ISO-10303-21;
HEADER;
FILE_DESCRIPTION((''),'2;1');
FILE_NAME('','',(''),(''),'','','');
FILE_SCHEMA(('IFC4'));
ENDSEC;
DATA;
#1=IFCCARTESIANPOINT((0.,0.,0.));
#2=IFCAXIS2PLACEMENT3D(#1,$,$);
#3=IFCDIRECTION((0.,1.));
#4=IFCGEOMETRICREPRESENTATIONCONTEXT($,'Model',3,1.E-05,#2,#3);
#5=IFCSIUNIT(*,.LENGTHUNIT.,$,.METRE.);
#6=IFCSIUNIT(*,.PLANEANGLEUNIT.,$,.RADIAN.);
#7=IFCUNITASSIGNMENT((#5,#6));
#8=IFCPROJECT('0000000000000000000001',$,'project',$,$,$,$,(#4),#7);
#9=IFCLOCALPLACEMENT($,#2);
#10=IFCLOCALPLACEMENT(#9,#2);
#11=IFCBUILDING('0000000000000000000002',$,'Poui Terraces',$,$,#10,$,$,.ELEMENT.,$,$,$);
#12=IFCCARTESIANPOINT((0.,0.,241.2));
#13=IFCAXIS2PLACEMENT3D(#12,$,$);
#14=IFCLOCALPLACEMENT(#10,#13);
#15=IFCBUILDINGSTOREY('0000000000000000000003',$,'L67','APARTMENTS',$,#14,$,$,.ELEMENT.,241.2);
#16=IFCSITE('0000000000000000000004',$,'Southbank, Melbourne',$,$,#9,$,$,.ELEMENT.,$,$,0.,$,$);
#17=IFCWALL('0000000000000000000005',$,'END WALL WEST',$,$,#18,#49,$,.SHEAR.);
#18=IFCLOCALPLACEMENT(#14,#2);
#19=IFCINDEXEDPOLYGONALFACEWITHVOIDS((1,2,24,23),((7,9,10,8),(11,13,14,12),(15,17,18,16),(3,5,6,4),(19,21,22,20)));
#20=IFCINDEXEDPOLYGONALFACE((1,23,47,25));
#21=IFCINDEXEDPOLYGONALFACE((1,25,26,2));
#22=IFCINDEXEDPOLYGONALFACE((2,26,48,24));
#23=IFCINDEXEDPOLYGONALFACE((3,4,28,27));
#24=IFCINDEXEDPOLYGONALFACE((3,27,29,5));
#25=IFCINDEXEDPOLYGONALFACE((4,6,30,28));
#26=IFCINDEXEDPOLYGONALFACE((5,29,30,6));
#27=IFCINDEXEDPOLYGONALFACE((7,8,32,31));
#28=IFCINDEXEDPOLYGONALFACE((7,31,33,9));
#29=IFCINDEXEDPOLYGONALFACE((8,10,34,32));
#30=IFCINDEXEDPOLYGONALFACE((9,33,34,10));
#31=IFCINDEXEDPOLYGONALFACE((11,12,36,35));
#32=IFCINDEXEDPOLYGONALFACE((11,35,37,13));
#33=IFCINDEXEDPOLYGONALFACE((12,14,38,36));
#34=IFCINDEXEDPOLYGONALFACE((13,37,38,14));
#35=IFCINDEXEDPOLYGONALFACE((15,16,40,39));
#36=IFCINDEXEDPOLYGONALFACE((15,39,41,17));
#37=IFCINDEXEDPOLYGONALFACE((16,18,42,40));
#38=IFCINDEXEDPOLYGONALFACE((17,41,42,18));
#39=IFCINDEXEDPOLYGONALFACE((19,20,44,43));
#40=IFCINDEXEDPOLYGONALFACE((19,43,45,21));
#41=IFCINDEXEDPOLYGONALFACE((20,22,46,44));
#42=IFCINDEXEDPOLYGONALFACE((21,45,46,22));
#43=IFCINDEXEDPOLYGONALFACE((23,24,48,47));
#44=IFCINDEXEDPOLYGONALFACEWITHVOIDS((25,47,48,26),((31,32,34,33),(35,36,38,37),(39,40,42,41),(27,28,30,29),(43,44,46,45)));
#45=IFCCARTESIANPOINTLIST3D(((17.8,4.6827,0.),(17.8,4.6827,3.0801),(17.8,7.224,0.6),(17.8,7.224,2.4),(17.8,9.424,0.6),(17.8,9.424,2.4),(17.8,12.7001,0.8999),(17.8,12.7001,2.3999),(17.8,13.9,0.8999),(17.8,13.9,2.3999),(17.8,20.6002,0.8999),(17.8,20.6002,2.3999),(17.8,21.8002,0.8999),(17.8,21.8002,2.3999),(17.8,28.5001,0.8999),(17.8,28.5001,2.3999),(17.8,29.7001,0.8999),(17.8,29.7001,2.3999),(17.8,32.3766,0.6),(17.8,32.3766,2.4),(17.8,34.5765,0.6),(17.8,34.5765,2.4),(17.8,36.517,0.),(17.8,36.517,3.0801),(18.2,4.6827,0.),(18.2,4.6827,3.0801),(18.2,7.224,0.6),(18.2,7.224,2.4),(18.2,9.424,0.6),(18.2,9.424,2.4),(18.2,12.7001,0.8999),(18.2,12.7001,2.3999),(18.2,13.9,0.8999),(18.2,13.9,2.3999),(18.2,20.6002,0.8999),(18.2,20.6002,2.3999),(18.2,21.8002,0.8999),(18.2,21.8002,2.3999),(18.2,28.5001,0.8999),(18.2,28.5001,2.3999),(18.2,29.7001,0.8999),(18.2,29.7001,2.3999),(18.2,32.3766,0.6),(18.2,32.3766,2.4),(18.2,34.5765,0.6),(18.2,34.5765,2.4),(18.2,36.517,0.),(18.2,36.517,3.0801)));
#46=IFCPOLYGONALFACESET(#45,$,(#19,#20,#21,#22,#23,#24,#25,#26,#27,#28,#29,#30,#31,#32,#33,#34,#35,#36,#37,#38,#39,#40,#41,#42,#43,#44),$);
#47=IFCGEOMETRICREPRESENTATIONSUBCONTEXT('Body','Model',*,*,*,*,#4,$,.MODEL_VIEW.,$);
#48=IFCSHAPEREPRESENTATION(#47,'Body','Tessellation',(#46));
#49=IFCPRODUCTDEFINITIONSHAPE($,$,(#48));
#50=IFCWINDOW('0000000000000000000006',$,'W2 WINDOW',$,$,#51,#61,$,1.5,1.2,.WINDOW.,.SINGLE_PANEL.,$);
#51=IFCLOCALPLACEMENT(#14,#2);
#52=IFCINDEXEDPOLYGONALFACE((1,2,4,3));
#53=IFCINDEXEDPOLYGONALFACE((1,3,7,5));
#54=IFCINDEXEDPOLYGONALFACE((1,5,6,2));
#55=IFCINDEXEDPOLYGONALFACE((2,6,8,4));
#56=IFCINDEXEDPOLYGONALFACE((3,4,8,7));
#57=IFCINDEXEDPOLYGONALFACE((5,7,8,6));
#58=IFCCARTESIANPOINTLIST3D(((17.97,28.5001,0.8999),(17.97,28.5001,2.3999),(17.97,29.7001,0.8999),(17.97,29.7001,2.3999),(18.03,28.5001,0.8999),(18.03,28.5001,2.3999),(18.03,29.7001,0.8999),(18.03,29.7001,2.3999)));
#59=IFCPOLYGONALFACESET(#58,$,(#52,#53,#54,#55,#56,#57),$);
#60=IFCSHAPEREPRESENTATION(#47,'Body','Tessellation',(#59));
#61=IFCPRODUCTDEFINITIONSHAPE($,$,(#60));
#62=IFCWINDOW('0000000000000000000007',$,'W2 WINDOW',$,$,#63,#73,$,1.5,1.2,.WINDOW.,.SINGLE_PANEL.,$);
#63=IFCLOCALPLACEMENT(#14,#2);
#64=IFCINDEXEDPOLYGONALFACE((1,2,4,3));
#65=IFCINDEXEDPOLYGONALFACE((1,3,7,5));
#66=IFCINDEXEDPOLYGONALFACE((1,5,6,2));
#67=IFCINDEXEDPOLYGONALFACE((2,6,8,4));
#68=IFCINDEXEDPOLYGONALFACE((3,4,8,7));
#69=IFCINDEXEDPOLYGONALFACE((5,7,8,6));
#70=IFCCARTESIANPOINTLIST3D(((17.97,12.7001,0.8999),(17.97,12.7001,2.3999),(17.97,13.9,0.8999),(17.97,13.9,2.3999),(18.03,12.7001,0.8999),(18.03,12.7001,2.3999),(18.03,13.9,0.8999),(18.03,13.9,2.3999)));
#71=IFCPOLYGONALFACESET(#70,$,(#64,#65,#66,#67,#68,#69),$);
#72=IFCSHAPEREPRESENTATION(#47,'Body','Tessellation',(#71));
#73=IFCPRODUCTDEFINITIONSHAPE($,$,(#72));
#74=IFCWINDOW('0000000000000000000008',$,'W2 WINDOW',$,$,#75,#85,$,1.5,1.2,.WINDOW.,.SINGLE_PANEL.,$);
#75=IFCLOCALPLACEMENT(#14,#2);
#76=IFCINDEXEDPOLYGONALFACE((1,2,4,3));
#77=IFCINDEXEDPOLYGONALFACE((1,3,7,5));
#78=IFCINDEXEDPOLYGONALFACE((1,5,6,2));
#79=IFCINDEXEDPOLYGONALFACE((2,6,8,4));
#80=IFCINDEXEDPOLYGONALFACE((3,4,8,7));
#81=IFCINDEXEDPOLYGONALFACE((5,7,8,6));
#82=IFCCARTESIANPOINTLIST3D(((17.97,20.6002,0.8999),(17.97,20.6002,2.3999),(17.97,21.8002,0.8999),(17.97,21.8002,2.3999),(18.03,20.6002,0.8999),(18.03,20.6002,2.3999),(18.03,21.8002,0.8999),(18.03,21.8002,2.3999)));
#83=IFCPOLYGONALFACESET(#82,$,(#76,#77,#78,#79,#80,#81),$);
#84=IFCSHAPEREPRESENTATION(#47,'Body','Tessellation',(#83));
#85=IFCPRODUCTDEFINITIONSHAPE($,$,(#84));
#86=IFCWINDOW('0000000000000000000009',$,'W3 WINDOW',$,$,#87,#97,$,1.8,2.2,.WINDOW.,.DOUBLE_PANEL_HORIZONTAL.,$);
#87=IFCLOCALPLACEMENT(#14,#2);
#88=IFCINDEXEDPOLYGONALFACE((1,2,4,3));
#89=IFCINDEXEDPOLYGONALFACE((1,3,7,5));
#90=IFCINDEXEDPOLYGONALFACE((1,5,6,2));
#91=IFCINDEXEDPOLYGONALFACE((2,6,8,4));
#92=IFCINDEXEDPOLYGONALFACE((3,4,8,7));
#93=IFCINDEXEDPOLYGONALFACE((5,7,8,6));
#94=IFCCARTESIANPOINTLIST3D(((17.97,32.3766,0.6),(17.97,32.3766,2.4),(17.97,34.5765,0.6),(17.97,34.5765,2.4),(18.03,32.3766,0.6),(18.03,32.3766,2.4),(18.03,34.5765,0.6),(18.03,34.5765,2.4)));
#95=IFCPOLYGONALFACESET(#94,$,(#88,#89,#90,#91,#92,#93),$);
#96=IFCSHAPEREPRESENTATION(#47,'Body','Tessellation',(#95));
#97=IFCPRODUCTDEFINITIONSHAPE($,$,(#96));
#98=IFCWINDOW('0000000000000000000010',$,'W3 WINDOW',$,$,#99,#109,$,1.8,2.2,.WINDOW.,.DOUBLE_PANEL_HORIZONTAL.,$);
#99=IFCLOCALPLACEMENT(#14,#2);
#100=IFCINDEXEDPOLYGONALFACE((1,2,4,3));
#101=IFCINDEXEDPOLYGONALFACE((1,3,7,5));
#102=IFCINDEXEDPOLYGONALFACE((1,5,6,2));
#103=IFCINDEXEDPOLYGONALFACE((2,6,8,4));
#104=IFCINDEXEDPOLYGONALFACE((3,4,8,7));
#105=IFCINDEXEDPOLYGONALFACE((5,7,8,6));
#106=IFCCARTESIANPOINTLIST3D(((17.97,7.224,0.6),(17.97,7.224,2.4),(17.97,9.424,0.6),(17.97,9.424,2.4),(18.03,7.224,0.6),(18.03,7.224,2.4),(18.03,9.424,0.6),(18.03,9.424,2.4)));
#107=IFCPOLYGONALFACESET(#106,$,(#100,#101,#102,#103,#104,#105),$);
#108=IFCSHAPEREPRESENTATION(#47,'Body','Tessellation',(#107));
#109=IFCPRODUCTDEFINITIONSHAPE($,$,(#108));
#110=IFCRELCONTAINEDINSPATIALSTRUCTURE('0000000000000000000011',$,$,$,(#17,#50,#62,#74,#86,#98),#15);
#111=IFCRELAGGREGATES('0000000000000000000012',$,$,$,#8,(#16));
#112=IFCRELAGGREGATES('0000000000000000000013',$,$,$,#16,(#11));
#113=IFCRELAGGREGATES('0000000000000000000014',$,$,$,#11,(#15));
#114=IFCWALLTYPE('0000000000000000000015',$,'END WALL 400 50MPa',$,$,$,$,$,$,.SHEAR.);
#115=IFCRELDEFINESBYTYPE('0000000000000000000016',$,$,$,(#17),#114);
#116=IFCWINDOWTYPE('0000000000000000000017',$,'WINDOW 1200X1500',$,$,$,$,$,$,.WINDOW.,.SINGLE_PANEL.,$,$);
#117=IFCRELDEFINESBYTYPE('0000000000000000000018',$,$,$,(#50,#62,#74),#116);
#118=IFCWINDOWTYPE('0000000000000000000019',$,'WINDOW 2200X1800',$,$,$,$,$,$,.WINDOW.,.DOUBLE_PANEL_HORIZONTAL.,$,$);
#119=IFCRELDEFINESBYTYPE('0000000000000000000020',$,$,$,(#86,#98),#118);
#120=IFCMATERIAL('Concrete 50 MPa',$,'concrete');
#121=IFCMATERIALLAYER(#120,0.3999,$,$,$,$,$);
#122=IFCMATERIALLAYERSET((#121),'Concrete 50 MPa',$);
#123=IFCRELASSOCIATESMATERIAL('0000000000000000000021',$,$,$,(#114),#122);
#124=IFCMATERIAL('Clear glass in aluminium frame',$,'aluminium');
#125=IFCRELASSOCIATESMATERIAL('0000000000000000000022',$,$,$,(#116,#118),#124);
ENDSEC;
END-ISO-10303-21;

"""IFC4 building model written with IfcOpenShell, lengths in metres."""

from ifc_helpers import new_model, si_unit, direction, frame, frame_2d, origin, place, context, subcontext, project, spatial, rectangle, extrude, material, layer, layer_set, type_object, element, fill, save


model = new_model("IFC4")

# Units and contexts
model_context = context("Model", 3, precision=1e-05, world=origin(), true_north=direction((0.0, 1.0)))
body_context = subcontext(model_context, "Body", "Model", "MODEL_VIEW")
ifc_project = project(units=[si_unit("LENGTHUNIT", "METRE"), si_unit("PLANEANGLEUNIT", "RADIAN")], contexts=[model_context])

# Site, building, storey
site_placement = place(None, origin())
site = spatial("IfcSite", under=ifc_project, at=site_placement, Name="Southbank, Melbourne", CompositionType="ELEMENT", RefElevation=0.0)
building_placement = place(site_placement, origin())
building = spatial("IfcBuilding", under=site, at=building_placement, Name="Poui Terraces", CompositionType="ELEMENT")
storey_placement = place(building_placement, frame((0.0, 0.0, 241.2)))
storey = spatial("IfcBuildingStorey", under=building, at=storey_placement, Name="L67", Description="APARTMENTS", CompositionType="ELEMENT", Elevation=241.2)

# Wall, openings, windows
ifc_material_1 = material(Name="Concrete 50 MPa", Category="concrete")
ifc_layer = layer(ifc_material_1, 0.3999)
ifc_layer_set = layer_set([ifc_layer], Name="Concrete 50 MPa")
wall_type = type_object("IfcWallType", Name="END WALL 400 50MPa", PredefinedType="SHEAR", material=ifc_layer_set)
wall_placement = place(storey_placement, frame((18.0, 4.6829, 0.0), z_axis=(0.0, 0.0, 1.0), x_axis=(0.0, 1.0, 0.0)))
wall = element("IfcWall", 1, at=wall_placement, inside=storey, type_object=wall_type, Name="END WALL WEST", PredefinedType="SHEAR", context=body_context, shape_type="SweptSolid", body=[
    extrude(rectangle(XDim=31.8342, YDim=0.3999, at=frame_2d((15.917, 0.0))), origin(), (0.0, 0.0, 1.0), 3.0801),
])
opening_1_placement = place(wall_placement, frame((23.8171, 0.0, 0.8999)))
opening_1 = element("IfcOpeningElement", 2, at=opening_1_placement, cuts=wall, PredefinedType="OPENING", context=body_context, shape_type="SweptSolid", body=[
    extrude(rectangle(XDim=1.2, YDim=1.5, at=frame_2d((0.6001, 0.75))), frame((0.0, 0.21, 0.0), z_axis=(0.0, -1.0, 0.0), x_axis=(1.0, 0.0, 0.0)), (0.0, 0.0, 1.0), 0.4199),
])
opening_2_placement = place(wall_placement, frame((8.0171, 0.0, 0.8999)))
opening_2 = element("IfcOpeningElement", 3, at=opening_2_placement, cuts=wall, PredefinedType="OPENING", context=body_context, shape_type="SweptSolid", body=[
    extrude(rectangle(XDim=1.2, YDim=1.5, at=frame_2d((0.6001, 0.75))), frame((0.0, 0.21, 0.0), z_axis=(0.0, -1.0, 0.0), x_axis=(1.0, 0.0, 0.0)), (0.0, 0.0, 1.0), 0.4199),
])
opening_3_placement = place(wall_placement, frame((27.6936, 0.0, 0.6001)))
opening_3 = element("IfcOpeningElement", 4, at=opening_3_placement, cuts=wall, PredefinedType="OPENING", context=body_context, shape_type="SweptSolid", body=[
    extrude(rectangle(XDim=2.2, YDim=1.8, at=frame_2d((1.1001, 0.8999))), frame((0.0, 0.21, 0.0), z_axis=(0.0, -1.0, 0.0), x_axis=(1.0, 0.0, 0.0)), (0.0, 0.0, 1.0), 0.4199),
])
opening_4_placement = place(wall_placement, frame((2.541, 0.0, 0.6001)))
opening_4 = element("IfcOpeningElement", 5, at=opening_4_placement, cuts=wall, PredefinedType="OPENING", context=body_context, shape_type="SweptSolid", body=[
    extrude(rectangle(XDim=2.2, YDim=1.8, at=frame_2d((1.1001, 0.8999))), frame((0.0, 0.21, 0.0), z_axis=(0.0, -1.0, 0.0), x_axis=(1.0, 0.0, 0.0)), (0.0, 0.0, 1.0), 0.4199),
])
opening_5_placement = place(wall_placement, frame((15.9172, 0.0, 0.8999)))
opening_5 = element("IfcOpeningElement", 6, at=opening_5_placement, cuts=wall, PredefinedType="OPENING", context=body_context, shape_type="SweptSolid", body=[
    extrude(rectangle(XDim=1.2, YDim=1.5, at=frame_2d((0.6001, 0.75))), frame((0.0, 0.21, 0.0), z_axis=(0.0, -1.0, 0.0), x_axis=(1.0, 0.0, 0.0)), (0.0, 0.0, 1.0), 0.4199),
])
ifc_material_2 = material(Name="Clear glass in aluminium frame", Category="aluminium")
window_type_1 = type_object("IfcWindowType", Name="WINDOW 1200X1500", PartitioningType="SINGLE_PANEL", PredefinedType="WINDOW", material=ifc_material_2)
window_1_placement = place(opening_1_placement, origin())
window_1 = element("IfcWindow", 7, at=window_1_placement, inside=storey, type_object=window_type_1, Name="W2 WINDOW", OverallHeight=1.5, OverallWidth=1.2, PartitioningType="SINGLE_PANEL", PredefinedType="WINDOW", context=body_context, shape_type="SweptSolid", body=[
    extrude(rectangle(XDim=1.2, YDim=1.5, at=frame_2d((0.6001, 0.75))), frame((0.0, 0.03, 0.0), z_axis=(0.0, -1.0, 0.0), x_axis=(1.0, 0.0, 0.0)), (0.0, 0.0, 1.0), 0.0601),
])
fill(opening_1, window_1)
window_2_placement = place(opening_2_placement, origin())
window_2 = element("IfcWindow", 8, at=window_2_placement, inside=storey, type_object=window_type_1, Name="W2 WINDOW", OverallHeight=1.5, OverallWidth=1.2, PartitioningType="SINGLE_PANEL", PredefinedType="WINDOW", context=body_context, shape_type="SweptSolid", body=[
    extrude(rectangle(XDim=1.2, YDim=1.5, at=frame_2d((0.6001, 0.75))), frame((0.0, 0.03, 0.0), z_axis=(0.0, -1.0, 0.0), x_axis=(1.0, 0.0, 0.0)), (0.0, 0.0, 1.0), 0.0601),
])
fill(opening_2, window_2)
window_3_placement = place(opening_5_placement, origin())
window_3 = element("IfcWindow", 9, at=window_3_placement, inside=storey, type_object=window_type_1, Name="W2 WINDOW", OverallHeight=1.5, OverallWidth=1.2, PartitioningType="SINGLE_PANEL", PredefinedType="WINDOW", context=body_context, shape_type="SweptSolid", body=[
    extrude(rectangle(XDim=1.2, YDim=1.5, at=frame_2d((0.6001, 0.75))), frame((0.0, 0.03, 0.0), z_axis=(0.0, -1.0, 0.0), x_axis=(1.0, 0.0, 0.0)), (0.0, 0.0, 1.0), 0.0601),
])
fill(opening_5, window_3)
window_type_2 = type_object("IfcWindowType", Name="WINDOW 2200X1800", PartitioningType="DOUBLE_PANEL_HORIZONTAL", PredefinedType="WINDOW", material=ifc_material_2)
window_4_placement = place(opening_3_placement, origin())
window_4 = element("IfcWindow", 10, at=window_4_placement, inside=storey, type_object=window_type_2, Name="W3 WINDOW", OverallHeight=1.8, OverallWidth=2.2, PartitioningType="DOUBLE_PANEL_HORIZONTAL", PredefinedType="WINDOW", context=body_context, shape_type="SweptSolid", body=[
    extrude(rectangle(XDim=2.2, YDim=1.8, at=frame_2d((1.1001, 0.8999))), frame((0.0, 0.03, 0.0), z_axis=(0.0, -1.0, 0.0), x_axis=(1.0, 0.0, 0.0)), (0.0, 0.0, 1.0), 0.0601),
])
fill(opening_3, window_4)
window_5_placement = place(opening_4_placement, origin())
window_5 = element("IfcWindow", 11, at=window_5_placement, inside=storey, type_object=window_type_2, Name="W3 WINDOW", OverallHeight=1.8, OverallWidth=2.2, PartitioningType="DOUBLE_PANEL_HORIZONTAL", PredefinedType="WINDOW", context=body_context, shape_type="SweptSolid", body=[
    extrude(rectangle(XDim=2.2, YDim=1.8, at=frame_2d((1.1001, 0.8999))), frame((0.0, 0.03, 0.0), z_axis=(0.0, -1.0, 0.0), x_axis=(1.0, 0.0, 0.0)), (0.0, 0.0, 1.0), 0.0601),
])
fill(opening_4, window_5)

save(model, "model.ifc")
